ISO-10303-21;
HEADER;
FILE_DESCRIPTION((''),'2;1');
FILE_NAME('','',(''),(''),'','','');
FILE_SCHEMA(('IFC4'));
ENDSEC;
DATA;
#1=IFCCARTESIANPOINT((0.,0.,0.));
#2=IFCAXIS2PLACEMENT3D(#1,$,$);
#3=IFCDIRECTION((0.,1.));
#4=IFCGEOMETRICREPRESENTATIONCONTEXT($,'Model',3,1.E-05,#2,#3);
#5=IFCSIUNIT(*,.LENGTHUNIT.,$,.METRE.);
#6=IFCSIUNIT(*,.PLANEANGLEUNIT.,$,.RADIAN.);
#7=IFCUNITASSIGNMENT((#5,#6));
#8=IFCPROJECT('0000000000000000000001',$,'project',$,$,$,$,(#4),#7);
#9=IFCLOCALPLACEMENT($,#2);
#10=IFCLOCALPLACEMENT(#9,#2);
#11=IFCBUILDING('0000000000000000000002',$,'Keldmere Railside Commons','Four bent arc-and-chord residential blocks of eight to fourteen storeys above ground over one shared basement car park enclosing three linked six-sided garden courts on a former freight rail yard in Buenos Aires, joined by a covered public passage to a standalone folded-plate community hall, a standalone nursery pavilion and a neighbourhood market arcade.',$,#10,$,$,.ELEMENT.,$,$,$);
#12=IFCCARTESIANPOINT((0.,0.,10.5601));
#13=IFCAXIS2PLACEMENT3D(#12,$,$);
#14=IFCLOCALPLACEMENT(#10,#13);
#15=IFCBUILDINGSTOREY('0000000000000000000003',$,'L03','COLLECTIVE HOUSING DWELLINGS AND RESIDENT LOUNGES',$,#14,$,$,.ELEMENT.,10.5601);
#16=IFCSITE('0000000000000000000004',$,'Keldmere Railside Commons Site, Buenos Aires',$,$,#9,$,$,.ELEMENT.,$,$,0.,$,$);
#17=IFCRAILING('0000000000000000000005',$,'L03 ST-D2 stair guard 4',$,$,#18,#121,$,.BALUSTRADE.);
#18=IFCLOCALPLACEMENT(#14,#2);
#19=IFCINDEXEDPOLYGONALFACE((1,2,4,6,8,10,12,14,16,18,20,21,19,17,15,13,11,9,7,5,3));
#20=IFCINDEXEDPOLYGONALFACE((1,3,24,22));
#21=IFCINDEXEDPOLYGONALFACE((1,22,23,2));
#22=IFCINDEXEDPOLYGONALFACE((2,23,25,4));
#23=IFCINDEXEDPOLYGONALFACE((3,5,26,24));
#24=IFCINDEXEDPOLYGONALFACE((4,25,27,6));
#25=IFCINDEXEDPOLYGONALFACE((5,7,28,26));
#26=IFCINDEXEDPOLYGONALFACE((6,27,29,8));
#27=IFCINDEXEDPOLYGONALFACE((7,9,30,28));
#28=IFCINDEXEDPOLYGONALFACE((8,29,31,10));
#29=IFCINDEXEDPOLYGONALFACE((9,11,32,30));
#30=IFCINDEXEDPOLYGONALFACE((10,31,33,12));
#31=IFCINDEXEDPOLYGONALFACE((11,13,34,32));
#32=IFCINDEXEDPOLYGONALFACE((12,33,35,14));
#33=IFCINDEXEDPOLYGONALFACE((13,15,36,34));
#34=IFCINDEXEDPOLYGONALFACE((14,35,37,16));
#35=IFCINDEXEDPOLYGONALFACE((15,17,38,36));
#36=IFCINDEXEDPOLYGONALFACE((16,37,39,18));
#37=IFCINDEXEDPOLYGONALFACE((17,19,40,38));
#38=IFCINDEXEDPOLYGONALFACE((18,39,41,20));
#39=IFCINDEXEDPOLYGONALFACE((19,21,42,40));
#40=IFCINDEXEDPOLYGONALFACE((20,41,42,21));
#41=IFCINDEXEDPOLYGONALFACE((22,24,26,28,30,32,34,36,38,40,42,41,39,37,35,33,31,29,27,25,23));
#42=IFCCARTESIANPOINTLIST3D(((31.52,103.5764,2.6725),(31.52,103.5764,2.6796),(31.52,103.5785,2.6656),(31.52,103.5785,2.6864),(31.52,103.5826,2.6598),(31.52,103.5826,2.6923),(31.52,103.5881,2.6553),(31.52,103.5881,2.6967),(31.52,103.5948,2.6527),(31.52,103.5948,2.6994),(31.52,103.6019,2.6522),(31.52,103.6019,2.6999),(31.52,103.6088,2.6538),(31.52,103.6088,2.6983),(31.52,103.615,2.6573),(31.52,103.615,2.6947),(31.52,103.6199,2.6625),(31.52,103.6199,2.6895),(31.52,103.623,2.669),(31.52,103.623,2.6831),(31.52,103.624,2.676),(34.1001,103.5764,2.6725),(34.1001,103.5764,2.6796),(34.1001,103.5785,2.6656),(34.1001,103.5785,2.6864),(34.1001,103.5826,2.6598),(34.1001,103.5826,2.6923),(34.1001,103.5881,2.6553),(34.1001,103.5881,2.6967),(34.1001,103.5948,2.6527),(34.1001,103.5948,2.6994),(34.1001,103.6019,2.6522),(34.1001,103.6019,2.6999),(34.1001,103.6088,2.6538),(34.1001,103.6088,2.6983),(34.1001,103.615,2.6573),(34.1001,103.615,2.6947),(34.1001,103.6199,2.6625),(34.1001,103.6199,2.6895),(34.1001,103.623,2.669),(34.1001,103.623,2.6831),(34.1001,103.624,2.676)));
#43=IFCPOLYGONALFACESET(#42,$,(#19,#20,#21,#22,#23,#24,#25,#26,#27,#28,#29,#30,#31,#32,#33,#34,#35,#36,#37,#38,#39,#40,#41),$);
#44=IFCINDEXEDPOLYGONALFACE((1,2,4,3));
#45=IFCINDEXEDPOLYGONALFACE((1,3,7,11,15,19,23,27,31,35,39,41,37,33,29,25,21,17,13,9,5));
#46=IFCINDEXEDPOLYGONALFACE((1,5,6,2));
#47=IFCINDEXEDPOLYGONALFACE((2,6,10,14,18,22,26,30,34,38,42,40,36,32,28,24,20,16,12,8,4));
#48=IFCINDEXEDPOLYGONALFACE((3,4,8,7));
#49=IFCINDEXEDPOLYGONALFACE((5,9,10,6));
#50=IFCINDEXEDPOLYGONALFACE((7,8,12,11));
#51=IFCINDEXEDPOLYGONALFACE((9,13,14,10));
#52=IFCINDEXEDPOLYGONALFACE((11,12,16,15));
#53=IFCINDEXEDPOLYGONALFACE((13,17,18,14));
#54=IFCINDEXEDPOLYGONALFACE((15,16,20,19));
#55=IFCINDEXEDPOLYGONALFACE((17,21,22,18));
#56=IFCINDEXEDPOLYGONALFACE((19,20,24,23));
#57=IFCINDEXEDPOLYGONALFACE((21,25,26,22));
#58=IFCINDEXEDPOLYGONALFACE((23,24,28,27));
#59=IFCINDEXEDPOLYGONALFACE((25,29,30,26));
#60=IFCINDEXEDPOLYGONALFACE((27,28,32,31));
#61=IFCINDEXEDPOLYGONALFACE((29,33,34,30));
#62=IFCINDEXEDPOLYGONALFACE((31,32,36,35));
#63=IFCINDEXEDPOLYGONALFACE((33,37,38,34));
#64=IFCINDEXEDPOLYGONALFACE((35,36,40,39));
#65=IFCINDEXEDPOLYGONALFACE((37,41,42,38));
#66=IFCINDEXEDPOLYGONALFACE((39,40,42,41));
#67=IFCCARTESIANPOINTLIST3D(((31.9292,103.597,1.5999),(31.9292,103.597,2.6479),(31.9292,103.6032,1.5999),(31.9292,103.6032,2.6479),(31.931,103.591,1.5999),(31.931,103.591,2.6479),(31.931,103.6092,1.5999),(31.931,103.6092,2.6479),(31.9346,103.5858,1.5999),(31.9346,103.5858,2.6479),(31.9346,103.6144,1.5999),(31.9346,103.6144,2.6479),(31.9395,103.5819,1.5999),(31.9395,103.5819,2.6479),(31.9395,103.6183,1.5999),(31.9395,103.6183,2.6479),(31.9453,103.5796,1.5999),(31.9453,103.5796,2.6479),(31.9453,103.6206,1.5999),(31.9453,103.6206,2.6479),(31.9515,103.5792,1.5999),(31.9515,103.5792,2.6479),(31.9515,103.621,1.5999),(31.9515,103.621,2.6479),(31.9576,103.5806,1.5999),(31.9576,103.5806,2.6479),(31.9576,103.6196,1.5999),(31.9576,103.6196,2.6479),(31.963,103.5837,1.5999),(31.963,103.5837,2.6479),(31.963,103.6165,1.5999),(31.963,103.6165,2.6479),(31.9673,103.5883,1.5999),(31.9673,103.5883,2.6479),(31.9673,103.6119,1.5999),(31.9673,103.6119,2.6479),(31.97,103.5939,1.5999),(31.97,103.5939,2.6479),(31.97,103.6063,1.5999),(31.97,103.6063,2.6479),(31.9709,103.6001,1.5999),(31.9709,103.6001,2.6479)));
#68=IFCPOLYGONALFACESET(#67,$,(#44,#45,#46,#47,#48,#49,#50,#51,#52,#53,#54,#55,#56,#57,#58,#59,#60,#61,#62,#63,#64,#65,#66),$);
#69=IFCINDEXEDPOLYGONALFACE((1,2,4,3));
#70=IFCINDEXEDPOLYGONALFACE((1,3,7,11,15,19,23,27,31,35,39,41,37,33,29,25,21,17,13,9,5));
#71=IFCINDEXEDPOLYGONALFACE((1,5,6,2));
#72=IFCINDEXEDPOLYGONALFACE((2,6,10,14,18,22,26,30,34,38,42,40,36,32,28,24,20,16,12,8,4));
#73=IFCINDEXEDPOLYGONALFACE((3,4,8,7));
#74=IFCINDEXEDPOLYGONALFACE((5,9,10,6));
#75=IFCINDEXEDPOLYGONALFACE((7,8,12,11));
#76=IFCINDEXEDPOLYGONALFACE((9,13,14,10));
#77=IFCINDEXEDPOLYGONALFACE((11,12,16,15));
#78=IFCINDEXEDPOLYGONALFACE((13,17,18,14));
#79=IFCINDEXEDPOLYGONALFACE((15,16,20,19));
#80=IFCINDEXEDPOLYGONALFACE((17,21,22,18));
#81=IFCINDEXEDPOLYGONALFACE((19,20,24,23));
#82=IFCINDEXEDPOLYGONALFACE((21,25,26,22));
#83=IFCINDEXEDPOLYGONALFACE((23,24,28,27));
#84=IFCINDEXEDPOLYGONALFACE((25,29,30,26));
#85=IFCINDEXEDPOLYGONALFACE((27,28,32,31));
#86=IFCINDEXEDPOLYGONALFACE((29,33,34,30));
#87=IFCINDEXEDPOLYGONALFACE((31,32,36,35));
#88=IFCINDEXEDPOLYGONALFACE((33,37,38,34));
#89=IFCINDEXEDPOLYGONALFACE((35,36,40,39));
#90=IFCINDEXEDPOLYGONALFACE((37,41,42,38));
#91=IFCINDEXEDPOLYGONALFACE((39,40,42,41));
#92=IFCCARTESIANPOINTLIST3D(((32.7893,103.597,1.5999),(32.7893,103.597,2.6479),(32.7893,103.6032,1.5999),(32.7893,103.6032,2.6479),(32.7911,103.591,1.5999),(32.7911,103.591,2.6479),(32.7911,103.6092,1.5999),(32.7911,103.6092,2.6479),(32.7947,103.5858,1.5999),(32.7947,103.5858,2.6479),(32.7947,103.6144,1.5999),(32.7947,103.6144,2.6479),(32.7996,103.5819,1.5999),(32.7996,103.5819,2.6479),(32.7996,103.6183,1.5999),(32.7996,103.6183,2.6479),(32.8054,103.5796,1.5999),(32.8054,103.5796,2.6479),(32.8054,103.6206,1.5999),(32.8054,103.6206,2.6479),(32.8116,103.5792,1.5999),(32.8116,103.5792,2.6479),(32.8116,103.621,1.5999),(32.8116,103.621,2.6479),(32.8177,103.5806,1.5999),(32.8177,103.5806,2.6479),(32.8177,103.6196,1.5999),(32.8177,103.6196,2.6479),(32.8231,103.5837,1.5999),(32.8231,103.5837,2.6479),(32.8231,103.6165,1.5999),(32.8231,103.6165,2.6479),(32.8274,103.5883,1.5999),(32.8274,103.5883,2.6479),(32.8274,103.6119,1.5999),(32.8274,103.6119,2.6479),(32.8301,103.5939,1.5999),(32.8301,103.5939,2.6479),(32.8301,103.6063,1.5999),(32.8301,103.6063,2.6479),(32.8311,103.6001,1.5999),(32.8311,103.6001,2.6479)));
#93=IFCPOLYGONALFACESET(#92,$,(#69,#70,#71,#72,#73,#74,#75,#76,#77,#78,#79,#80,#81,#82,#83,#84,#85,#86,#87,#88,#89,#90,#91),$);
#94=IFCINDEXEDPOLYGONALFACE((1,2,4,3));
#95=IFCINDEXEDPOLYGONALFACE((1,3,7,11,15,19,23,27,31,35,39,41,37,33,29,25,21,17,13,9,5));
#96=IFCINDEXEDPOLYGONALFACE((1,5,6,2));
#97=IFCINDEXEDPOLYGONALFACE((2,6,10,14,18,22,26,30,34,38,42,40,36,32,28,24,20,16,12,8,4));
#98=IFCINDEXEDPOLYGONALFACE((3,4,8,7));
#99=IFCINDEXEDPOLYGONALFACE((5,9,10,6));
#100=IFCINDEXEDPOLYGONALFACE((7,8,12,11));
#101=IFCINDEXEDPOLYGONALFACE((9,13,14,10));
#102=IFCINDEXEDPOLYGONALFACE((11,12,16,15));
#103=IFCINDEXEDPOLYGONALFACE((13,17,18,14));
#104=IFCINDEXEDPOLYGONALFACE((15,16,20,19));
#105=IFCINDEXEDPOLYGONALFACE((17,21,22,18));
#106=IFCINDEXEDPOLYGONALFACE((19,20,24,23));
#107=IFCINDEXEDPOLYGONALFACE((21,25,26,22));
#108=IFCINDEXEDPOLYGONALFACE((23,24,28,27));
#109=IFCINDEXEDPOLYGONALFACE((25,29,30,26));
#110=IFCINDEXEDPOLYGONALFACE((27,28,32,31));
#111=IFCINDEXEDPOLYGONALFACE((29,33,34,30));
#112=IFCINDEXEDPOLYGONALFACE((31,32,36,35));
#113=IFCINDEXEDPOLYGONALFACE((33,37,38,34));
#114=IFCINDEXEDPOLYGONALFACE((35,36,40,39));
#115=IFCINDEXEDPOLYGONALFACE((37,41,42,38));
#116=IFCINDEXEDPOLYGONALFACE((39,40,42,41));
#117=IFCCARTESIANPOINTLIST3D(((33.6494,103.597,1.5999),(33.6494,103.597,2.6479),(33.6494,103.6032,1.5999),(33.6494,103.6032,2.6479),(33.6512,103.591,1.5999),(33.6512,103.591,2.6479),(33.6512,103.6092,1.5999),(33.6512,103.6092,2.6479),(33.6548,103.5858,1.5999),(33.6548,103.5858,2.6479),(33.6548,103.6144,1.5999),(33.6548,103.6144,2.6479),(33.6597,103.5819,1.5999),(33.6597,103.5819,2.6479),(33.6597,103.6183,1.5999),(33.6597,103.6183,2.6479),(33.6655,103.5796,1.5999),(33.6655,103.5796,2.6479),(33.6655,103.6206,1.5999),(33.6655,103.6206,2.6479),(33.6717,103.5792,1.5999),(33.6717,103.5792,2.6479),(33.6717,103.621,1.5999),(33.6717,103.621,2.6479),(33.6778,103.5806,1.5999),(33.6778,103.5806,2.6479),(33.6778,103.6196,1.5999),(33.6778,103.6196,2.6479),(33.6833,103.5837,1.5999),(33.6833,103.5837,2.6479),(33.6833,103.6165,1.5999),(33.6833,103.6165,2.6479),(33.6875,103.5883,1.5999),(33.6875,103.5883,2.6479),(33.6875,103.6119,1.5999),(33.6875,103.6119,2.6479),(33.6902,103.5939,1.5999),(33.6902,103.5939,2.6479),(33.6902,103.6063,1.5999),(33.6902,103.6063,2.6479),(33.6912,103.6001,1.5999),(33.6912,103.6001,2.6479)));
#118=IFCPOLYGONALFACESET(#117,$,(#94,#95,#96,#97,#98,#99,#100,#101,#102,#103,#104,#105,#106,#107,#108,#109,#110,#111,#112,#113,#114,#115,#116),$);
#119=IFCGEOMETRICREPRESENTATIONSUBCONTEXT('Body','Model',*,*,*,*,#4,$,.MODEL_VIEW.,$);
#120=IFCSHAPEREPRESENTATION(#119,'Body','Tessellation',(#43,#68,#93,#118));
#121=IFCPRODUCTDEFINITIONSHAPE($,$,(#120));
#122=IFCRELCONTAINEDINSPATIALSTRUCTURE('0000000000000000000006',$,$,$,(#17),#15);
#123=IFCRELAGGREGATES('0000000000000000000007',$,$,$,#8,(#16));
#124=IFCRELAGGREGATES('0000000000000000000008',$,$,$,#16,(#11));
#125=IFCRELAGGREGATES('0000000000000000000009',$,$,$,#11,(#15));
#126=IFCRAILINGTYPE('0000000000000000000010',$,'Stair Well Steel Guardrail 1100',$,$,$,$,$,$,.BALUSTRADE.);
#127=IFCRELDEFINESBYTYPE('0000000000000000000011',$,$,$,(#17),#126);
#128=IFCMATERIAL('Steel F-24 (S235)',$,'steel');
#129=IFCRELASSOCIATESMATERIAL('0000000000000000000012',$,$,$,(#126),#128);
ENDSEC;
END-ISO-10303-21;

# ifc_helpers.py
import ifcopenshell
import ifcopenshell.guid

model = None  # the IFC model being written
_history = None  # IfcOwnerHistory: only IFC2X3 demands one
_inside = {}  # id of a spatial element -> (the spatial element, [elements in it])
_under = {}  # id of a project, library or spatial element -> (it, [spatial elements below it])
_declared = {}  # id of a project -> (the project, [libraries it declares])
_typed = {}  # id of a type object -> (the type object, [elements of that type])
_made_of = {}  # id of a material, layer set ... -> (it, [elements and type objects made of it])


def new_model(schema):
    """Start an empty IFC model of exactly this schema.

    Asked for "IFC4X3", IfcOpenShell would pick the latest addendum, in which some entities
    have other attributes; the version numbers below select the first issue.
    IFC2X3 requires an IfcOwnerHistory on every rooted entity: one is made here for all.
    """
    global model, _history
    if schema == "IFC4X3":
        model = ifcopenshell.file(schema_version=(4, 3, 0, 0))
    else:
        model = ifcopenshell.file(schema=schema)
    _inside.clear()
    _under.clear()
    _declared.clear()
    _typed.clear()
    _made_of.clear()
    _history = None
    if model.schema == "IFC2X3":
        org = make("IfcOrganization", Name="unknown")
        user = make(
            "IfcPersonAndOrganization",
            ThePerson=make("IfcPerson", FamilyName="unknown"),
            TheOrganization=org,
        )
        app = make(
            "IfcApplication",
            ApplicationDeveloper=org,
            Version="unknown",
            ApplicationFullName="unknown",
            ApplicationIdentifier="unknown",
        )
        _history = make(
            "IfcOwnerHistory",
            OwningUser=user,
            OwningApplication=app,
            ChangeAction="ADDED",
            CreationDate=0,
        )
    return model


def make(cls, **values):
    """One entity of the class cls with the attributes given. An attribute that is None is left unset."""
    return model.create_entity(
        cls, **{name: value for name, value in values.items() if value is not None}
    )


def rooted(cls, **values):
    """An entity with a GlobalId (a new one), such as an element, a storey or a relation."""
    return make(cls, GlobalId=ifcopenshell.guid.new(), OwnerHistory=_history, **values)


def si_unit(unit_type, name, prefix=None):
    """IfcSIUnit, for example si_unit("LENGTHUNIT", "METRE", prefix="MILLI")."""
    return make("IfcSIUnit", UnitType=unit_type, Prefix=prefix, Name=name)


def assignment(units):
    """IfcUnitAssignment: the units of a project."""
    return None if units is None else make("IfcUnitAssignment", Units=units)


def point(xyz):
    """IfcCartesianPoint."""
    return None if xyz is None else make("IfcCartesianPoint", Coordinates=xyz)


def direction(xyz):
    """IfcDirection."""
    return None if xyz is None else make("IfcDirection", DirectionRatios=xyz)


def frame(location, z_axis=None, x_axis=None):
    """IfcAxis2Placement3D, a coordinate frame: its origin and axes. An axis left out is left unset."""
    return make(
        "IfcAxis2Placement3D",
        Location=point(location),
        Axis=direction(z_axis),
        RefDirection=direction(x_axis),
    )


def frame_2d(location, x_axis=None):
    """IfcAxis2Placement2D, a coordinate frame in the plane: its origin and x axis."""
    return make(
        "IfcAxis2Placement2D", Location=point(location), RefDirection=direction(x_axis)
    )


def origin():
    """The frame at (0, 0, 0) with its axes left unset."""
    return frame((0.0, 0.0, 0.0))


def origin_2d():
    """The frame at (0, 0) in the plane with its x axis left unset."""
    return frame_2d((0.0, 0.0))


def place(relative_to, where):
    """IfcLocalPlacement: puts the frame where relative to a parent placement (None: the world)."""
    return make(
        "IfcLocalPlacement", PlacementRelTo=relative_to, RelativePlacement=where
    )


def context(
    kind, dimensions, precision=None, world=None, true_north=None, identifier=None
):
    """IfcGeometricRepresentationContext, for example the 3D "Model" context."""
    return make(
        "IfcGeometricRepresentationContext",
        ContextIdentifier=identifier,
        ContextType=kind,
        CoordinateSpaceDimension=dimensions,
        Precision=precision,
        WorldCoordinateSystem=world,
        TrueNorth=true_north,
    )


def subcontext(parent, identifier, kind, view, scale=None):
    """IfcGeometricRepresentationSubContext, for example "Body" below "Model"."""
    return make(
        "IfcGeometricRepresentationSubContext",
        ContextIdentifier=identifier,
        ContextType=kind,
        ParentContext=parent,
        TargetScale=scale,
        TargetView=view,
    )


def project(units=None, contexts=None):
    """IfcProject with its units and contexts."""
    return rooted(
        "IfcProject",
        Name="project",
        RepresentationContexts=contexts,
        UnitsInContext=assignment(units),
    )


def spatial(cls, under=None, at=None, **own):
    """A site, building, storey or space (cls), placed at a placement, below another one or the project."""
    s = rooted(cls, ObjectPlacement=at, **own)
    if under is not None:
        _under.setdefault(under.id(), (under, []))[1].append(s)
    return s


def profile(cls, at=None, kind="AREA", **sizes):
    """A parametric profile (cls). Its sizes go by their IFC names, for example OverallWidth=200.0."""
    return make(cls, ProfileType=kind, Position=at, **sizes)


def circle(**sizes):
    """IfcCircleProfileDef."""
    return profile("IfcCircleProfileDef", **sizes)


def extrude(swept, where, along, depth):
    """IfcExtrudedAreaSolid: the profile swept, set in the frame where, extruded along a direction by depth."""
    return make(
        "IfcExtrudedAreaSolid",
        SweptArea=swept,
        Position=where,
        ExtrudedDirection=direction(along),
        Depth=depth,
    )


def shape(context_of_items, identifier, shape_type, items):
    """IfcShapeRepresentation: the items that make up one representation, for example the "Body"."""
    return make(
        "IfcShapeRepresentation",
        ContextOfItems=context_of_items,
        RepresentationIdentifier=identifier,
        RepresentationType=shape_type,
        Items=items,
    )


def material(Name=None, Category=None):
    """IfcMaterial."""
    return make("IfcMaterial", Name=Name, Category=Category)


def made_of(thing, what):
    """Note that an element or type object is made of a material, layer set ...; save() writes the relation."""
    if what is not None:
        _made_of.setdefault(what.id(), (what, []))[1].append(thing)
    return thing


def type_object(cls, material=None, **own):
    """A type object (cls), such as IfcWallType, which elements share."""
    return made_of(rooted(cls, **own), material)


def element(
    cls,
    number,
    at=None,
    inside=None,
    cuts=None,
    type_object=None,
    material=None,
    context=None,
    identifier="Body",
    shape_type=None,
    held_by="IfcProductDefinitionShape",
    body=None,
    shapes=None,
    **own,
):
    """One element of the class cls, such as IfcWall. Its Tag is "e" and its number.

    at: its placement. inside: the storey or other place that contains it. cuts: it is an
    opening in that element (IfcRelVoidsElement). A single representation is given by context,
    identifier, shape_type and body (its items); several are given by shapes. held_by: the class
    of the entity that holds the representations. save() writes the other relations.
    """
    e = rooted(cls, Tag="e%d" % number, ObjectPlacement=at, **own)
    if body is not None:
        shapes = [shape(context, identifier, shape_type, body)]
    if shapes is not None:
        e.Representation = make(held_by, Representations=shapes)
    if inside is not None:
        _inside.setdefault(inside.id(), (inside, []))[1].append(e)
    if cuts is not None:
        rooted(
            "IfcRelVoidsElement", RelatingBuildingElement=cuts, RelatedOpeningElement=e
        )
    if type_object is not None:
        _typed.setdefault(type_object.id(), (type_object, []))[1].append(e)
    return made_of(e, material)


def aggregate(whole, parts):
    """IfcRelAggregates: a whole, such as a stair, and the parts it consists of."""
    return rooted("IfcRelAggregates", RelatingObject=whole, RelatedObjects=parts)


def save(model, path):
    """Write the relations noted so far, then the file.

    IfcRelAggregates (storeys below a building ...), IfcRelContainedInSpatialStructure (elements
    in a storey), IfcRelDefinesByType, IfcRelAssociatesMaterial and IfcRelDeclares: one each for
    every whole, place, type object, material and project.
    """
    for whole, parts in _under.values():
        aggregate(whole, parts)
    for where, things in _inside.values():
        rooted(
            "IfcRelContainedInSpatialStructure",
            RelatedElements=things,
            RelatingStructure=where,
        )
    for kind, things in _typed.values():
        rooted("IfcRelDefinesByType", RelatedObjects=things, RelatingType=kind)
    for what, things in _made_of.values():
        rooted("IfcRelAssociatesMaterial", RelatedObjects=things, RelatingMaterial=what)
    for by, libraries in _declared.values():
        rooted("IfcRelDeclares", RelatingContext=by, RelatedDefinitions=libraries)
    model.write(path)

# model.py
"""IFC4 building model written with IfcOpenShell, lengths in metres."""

from ifc_helpers import new_model, si_unit, direction, frame, origin, origin_2d, place, context, subcontext, project, spatial, circle, extrude, material, type_object, element, save


model = new_model("IFC4")

# Units and contexts
model_context = context("Model", 3, precision=1e-05, world=origin(), true_north=direction((0.0, 1.0)))
body_context = subcontext(model_context, "Body", "Model", "MODEL_VIEW")
ifc_project = project(units=[si_unit("LENGTHUNIT", "METRE"), si_unit("PLANEANGLEUNIT", "RADIAN")], contexts=[model_context])

# Site, building, storey
site_placement = place(None, origin())
site = spatial("IfcSite", under=ifc_project, at=site_placement, Name="Keldmere Railside Commons Site, Buenos Aires", CompositionType="ELEMENT", RefElevation=0.0)
building_placement = place(site_placement, origin())
building = spatial("IfcBuilding", under=site, at=building_placement, Name="Keldmere Railside Commons", Description="Four bent arc-and-chord residential blocks of eight to fourteen storeys above ground over one shared basement car park enclosing three linked six-sided garden courts on a former freight rail yard in Buenos Aires, joined by a covered public passage to a standalone folded-plate community hall, a standalone nursery pavilion and a neighbourhood market arcade.", CompositionType="ELEMENT")
storey_placement = place(building_placement, frame((0.0, 0.0, 10.5601)))
storey = spatial("IfcBuildingStorey", under=building, at=storey_placement, Name="L03", Description="COLLECTIVE HOUSING DWELLINGS AND RESIDENT LOUNGES", CompositionType="ELEMENT", Elevation=10.5601)

# Shared definitions
ifc_material_1 = material(Name="Steel F-24 (S235)", Category="steel")

# Railing
railing_type_1 = type_object("IfcRailingType", Name="Stair Well Steel Guardrail 1100", PredefinedType="BALUSTRADE", material=ifc_material_1)
railing_1_placement = place(storey_placement, frame((31.52, 103.6001, 1.5999)))
element("IfcRailing", 1, at=railing_1_placement, inside=storey, type_object=railing_type_1, Name="L03 ST-D2 stair guard 4", PredefinedType="BALUSTRADE", context=body_context, shape_type="SweptSolid", body=[
    extrude(circle(Radius=0.0239, at=origin_2d()), frame((0.0, 0.0, 1.0762), z_axis=(1.0, 0.0, 0.0), x_axis=(0.0, 1.0, 0.0)), (0.0, 0.0, 1.0), 2.5801),
    extrude(circle(Radius=0.021, at=origin_2d()), frame((0.4299, 0.0, 0.0)), (0.0, 0.0, 1.0), 1.0481),
    extrude(circle(Radius=0.021, at=origin_2d()), frame((1.29, 0.0, 0.0)), (0.0, 0.0, 1.0), 1.0481),
    extrude(circle(Radius=0.021, at=origin_2d()), frame((2.1501, 0.0, 0.0)), (0.0, 0.0, 1.0), 1.0481),
])

save(model, "model.ifc")
